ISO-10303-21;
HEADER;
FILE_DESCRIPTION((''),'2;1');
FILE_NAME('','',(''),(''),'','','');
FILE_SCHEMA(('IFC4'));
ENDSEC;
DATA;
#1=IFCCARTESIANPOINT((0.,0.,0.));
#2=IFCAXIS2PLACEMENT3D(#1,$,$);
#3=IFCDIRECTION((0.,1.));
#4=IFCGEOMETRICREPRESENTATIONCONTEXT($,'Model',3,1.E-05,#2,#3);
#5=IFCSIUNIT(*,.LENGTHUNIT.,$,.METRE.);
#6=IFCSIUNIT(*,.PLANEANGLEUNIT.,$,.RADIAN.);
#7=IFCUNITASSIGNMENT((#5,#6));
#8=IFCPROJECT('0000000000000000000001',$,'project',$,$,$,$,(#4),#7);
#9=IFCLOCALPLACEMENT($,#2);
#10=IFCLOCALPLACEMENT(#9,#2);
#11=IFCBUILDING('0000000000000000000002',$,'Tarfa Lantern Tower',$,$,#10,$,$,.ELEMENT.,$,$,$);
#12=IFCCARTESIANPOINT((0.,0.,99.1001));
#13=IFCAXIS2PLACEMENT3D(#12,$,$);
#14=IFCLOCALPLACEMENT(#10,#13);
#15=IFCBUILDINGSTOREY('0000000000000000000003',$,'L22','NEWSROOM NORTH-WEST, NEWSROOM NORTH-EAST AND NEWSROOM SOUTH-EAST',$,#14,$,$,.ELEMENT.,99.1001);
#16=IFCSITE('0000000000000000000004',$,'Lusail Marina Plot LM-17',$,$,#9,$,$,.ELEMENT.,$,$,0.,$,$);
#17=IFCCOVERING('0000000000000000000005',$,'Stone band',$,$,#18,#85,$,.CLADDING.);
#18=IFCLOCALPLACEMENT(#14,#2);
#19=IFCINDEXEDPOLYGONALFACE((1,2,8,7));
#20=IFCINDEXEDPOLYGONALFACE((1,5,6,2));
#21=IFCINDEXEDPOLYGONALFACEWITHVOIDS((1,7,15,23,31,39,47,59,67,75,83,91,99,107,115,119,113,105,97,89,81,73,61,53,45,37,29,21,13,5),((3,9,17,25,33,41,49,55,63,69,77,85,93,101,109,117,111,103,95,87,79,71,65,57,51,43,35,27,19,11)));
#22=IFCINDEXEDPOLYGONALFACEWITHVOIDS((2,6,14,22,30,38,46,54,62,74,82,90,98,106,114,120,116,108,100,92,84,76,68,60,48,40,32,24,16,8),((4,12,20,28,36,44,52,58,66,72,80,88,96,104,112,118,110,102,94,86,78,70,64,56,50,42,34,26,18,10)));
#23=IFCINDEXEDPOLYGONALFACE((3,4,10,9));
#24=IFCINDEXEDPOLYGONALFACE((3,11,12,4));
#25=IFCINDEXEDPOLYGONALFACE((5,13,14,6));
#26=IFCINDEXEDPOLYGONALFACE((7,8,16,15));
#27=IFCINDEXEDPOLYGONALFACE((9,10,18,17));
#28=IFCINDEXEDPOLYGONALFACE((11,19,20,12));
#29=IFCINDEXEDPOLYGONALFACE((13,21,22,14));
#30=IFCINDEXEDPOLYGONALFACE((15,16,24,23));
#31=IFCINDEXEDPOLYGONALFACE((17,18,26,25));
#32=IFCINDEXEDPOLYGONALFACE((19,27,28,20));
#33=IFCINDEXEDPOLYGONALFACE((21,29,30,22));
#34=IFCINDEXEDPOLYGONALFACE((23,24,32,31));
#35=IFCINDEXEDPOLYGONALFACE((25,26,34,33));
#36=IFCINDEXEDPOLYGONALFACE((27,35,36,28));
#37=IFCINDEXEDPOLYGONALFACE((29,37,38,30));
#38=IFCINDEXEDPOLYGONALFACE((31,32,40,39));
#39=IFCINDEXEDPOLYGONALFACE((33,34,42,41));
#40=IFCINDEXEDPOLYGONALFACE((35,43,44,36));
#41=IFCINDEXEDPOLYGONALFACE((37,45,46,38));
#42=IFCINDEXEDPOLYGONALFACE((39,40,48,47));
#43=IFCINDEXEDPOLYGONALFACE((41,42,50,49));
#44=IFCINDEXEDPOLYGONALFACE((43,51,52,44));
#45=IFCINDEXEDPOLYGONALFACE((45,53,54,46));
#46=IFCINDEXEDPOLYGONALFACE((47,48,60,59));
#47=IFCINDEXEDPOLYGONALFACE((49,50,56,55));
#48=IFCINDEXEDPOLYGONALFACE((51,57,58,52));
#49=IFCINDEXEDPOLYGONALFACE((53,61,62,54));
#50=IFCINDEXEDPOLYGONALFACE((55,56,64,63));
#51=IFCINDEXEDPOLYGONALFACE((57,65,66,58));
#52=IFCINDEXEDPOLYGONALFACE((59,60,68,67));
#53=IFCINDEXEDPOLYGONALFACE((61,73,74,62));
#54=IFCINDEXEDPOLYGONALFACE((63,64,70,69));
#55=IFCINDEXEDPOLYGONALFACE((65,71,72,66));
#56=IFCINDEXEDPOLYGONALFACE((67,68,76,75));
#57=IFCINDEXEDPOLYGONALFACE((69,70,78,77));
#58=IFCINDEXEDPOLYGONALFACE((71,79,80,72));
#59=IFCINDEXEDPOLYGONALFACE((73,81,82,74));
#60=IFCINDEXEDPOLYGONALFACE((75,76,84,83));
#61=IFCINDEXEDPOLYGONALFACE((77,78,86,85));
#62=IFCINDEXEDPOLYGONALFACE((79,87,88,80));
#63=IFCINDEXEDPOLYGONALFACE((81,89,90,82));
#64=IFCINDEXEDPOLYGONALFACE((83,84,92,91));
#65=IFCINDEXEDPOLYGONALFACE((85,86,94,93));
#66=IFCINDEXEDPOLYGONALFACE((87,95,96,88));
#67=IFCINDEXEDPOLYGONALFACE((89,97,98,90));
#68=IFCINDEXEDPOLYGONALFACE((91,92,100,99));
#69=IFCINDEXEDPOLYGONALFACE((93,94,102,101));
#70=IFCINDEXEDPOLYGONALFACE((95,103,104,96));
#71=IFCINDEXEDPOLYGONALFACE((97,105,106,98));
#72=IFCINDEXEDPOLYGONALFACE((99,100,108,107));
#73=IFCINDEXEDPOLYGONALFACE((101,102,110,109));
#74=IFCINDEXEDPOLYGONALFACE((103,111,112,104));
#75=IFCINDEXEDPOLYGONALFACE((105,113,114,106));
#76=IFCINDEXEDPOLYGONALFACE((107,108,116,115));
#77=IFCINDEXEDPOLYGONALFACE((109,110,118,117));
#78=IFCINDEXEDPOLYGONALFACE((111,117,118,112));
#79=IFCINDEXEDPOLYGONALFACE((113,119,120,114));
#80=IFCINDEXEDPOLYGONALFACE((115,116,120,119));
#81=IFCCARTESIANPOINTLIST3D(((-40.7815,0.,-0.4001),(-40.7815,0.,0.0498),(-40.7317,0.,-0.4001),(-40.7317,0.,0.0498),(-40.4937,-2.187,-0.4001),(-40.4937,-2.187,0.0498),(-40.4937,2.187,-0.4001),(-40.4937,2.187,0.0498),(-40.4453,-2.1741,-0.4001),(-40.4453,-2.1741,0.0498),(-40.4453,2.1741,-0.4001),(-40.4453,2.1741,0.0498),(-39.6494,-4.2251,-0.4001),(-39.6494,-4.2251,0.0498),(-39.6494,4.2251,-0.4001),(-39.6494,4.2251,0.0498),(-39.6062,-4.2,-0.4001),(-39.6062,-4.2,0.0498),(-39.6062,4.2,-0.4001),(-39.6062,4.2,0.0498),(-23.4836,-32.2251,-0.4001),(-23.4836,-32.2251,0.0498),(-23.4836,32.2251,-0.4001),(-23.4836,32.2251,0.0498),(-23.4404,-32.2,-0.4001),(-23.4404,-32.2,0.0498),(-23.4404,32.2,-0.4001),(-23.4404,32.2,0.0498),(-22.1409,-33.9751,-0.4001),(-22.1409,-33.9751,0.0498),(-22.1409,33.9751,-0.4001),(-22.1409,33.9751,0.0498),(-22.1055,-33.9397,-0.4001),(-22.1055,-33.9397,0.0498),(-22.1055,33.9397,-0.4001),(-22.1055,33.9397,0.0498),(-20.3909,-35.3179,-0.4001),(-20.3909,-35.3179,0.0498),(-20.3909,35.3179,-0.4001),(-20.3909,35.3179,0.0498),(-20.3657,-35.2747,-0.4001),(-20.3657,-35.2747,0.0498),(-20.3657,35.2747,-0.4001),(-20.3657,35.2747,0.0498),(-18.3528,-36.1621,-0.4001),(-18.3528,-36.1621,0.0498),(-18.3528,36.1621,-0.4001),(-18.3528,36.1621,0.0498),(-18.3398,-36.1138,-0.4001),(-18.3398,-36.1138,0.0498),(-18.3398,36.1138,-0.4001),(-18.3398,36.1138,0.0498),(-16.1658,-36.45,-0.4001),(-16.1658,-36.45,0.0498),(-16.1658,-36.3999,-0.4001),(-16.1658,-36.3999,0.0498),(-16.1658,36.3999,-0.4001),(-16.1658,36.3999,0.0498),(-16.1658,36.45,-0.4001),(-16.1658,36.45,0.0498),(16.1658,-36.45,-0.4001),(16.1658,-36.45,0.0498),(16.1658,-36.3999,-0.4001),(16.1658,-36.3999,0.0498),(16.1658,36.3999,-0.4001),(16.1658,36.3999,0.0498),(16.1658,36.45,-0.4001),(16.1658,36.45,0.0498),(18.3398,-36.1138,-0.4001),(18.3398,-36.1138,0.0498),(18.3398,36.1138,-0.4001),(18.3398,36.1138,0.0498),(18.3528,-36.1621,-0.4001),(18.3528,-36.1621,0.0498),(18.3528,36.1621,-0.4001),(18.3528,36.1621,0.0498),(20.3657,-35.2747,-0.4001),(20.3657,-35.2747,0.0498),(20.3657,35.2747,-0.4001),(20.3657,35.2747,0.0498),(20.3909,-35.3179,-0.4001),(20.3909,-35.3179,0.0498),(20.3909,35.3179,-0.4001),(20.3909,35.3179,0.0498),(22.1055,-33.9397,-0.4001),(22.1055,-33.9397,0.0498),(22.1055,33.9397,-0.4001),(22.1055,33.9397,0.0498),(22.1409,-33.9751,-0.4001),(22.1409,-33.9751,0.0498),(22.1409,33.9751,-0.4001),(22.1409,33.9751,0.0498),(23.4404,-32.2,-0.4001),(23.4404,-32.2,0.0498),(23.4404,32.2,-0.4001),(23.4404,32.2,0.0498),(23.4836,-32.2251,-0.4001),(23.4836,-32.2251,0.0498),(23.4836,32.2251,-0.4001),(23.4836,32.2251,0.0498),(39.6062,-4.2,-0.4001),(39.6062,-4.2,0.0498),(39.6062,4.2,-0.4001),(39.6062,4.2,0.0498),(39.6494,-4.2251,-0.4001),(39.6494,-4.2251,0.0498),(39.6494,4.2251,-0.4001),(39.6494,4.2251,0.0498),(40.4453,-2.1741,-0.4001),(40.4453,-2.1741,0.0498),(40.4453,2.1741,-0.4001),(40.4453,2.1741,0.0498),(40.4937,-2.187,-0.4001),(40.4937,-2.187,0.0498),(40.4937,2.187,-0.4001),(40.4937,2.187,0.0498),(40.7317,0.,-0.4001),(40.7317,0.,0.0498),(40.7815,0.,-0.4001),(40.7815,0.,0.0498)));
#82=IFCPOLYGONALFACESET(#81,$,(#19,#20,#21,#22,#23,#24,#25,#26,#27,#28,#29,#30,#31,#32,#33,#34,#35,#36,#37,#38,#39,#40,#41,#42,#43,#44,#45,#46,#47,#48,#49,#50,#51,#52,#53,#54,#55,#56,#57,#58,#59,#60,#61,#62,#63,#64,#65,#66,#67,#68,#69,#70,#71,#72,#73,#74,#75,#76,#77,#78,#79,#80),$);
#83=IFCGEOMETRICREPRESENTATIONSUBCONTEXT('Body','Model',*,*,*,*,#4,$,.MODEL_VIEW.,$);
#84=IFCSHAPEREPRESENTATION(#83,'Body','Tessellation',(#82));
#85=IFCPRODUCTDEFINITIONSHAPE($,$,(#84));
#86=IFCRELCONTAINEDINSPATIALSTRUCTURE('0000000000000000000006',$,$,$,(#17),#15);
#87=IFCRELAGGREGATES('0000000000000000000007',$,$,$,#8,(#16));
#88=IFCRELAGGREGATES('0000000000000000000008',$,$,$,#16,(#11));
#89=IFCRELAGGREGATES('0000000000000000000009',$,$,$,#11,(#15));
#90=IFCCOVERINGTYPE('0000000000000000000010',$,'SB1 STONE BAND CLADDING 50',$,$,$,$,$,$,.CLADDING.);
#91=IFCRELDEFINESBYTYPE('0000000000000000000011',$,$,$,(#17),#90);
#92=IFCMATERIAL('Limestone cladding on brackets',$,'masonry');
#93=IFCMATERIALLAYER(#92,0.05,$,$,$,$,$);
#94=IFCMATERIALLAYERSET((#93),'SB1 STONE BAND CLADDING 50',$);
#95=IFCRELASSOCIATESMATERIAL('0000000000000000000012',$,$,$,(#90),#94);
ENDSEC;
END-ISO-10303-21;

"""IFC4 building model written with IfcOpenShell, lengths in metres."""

from ifc_helpers import new_model, si_unit, direction, frame, origin, place, context, subcontext, project, spatial, polyline, outline, extrude, material, layer, layer_set, type_object, element, save


model = new_model("IFC4")

# Units and contexts
model_context = context("Model", 3, precision=1e-05, world=origin(), true_north=direction((0.0, 1.0)))
body_context = subcontext(model_context, "Body", "Model", "MODEL_VIEW")
ifc_project = project(units=[si_unit("LENGTHUNIT", "METRE"), si_unit("PLANEANGLEUNIT", "RADIAN")], contexts=[model_context])

# Site, building, storey
site_placement = place(None, origin())
site = spatial("IfcSite", under=ifc_project, at=site_placement, Name="Lusail Marina Plot LM-17", CompositionType="ELEMENT", RefElevation=0.0)
building_placement = place(site_placement, origin())
building = spatial("IfcBuilding", under=site, at=building_placement, Name="Tarfa Lantern Tower", CompositionType="ELEMENT")
storey_placement = place(building_placement, frame((0.0, 0.0, 99.1001)))
storey = spatial("IfcBuildingStorey", under=building, at=storey_placement, Name="L22", Description="NEWSROOM NORTH-WEST, NEWSROOM NORTH-EAST AND NEWSROOM SOUTH-EAST", CompositionType="ELEMENT", Elevation=99.1001)

# Covering
ifc_material_1 = material(Name="Limestone cladding on brackets", Category="masonry")
ifc_layer_1 = layer(ifc_material_1, 0.05)
ifc_layer_set_1 = layer_set([ifc_layer_1], Name="SB1 STONE BAND CLADDING 50")
covering_type_1 = type_object("IfcCoveringType", Name="SB1 STONE BAND CLADDING 50", PredefinedType="CLADDING", material=ifc_layer_set_1)
covering_1_placement = place(storey_placement, frame((0.0, 0.0, -0.4001)))
element("IfcCovering", 1, at=covering_1_placement, inside=storey, type_object=covering_type_1, Name="Stone band", PredefinedType="CLADDING", context=body_context, shape_type="SweptSolid", body=[
    extrude(outline(polyline([(39.6494, 4.2251), (23.4836, 32.2251), (22.1409, 33.9751), (20.3909, 35.3179), (18.3528, 36.1621), (16.1658, 36.45), (-16.1658, 36.45), (-18.3528, 36.1621), (-20.3909, 35.3179), (-22.1409, 33.9751), (-23.4836, 32.2251), (-39.6494, 4.2251), (-40.4937, 2.187), (-40.7815, 0.0), (-40.4937, -2.187), (-39.6494, -4.2251), (-23.4836, -32.2251), (-22.1409, -33.9751), (-20.3909, -35.3179), (-18.3528, -36.1621), (-16.1658, -36.45), (16.1658, -36.45), (18.3528, -36.1621), (20.3909, -35.3179), (22.1409, -33.9751), (23.4836, -32.2251), (39.6494, -4.2251), (40.4937, -2.187), (40.7815, 0.0), (40.4937, 2.187), (39.6494, 4.2251)]), holes=[polyline([(39.6062, 4.2), (23.4404, 32.2), (22.1055, 33.9397), (20.3657, 35.2747), (18.3398, 36.1138), (16.1658, 36.3999), (-16.1658, 36.3999), (-18.3398, 36.1138), (-20.3657, 35.2747), (-22.1055, 33.9397), (-23.4404, 32.2), (-39.6062, 4.2), (-40.4453, 2.1741), (-40.7317, 0.0), (-40.4453, -2.1741), (-39.6062, -4.2), (-23.4404, -32.2), (-22.1055, -33.9397), (-20.3657, -35.2747), (-18.3398, -36.1138), (-16.1658, -36.3999), (16.1658, -36.3999), (18.3398, -36.1138), (20.3657, -35.2747), (22.1055, -33.9397), (23.4404, -32.2), (39.6062, -4.2), (40.4453, -2.1741), (40.7317, 0.0), (40.4453, 2.1741), (39.6062, 4.2)])]), origin(), (0.0, 0.0, 1.0), 0.45),
])

save(model, "model.ifc")
